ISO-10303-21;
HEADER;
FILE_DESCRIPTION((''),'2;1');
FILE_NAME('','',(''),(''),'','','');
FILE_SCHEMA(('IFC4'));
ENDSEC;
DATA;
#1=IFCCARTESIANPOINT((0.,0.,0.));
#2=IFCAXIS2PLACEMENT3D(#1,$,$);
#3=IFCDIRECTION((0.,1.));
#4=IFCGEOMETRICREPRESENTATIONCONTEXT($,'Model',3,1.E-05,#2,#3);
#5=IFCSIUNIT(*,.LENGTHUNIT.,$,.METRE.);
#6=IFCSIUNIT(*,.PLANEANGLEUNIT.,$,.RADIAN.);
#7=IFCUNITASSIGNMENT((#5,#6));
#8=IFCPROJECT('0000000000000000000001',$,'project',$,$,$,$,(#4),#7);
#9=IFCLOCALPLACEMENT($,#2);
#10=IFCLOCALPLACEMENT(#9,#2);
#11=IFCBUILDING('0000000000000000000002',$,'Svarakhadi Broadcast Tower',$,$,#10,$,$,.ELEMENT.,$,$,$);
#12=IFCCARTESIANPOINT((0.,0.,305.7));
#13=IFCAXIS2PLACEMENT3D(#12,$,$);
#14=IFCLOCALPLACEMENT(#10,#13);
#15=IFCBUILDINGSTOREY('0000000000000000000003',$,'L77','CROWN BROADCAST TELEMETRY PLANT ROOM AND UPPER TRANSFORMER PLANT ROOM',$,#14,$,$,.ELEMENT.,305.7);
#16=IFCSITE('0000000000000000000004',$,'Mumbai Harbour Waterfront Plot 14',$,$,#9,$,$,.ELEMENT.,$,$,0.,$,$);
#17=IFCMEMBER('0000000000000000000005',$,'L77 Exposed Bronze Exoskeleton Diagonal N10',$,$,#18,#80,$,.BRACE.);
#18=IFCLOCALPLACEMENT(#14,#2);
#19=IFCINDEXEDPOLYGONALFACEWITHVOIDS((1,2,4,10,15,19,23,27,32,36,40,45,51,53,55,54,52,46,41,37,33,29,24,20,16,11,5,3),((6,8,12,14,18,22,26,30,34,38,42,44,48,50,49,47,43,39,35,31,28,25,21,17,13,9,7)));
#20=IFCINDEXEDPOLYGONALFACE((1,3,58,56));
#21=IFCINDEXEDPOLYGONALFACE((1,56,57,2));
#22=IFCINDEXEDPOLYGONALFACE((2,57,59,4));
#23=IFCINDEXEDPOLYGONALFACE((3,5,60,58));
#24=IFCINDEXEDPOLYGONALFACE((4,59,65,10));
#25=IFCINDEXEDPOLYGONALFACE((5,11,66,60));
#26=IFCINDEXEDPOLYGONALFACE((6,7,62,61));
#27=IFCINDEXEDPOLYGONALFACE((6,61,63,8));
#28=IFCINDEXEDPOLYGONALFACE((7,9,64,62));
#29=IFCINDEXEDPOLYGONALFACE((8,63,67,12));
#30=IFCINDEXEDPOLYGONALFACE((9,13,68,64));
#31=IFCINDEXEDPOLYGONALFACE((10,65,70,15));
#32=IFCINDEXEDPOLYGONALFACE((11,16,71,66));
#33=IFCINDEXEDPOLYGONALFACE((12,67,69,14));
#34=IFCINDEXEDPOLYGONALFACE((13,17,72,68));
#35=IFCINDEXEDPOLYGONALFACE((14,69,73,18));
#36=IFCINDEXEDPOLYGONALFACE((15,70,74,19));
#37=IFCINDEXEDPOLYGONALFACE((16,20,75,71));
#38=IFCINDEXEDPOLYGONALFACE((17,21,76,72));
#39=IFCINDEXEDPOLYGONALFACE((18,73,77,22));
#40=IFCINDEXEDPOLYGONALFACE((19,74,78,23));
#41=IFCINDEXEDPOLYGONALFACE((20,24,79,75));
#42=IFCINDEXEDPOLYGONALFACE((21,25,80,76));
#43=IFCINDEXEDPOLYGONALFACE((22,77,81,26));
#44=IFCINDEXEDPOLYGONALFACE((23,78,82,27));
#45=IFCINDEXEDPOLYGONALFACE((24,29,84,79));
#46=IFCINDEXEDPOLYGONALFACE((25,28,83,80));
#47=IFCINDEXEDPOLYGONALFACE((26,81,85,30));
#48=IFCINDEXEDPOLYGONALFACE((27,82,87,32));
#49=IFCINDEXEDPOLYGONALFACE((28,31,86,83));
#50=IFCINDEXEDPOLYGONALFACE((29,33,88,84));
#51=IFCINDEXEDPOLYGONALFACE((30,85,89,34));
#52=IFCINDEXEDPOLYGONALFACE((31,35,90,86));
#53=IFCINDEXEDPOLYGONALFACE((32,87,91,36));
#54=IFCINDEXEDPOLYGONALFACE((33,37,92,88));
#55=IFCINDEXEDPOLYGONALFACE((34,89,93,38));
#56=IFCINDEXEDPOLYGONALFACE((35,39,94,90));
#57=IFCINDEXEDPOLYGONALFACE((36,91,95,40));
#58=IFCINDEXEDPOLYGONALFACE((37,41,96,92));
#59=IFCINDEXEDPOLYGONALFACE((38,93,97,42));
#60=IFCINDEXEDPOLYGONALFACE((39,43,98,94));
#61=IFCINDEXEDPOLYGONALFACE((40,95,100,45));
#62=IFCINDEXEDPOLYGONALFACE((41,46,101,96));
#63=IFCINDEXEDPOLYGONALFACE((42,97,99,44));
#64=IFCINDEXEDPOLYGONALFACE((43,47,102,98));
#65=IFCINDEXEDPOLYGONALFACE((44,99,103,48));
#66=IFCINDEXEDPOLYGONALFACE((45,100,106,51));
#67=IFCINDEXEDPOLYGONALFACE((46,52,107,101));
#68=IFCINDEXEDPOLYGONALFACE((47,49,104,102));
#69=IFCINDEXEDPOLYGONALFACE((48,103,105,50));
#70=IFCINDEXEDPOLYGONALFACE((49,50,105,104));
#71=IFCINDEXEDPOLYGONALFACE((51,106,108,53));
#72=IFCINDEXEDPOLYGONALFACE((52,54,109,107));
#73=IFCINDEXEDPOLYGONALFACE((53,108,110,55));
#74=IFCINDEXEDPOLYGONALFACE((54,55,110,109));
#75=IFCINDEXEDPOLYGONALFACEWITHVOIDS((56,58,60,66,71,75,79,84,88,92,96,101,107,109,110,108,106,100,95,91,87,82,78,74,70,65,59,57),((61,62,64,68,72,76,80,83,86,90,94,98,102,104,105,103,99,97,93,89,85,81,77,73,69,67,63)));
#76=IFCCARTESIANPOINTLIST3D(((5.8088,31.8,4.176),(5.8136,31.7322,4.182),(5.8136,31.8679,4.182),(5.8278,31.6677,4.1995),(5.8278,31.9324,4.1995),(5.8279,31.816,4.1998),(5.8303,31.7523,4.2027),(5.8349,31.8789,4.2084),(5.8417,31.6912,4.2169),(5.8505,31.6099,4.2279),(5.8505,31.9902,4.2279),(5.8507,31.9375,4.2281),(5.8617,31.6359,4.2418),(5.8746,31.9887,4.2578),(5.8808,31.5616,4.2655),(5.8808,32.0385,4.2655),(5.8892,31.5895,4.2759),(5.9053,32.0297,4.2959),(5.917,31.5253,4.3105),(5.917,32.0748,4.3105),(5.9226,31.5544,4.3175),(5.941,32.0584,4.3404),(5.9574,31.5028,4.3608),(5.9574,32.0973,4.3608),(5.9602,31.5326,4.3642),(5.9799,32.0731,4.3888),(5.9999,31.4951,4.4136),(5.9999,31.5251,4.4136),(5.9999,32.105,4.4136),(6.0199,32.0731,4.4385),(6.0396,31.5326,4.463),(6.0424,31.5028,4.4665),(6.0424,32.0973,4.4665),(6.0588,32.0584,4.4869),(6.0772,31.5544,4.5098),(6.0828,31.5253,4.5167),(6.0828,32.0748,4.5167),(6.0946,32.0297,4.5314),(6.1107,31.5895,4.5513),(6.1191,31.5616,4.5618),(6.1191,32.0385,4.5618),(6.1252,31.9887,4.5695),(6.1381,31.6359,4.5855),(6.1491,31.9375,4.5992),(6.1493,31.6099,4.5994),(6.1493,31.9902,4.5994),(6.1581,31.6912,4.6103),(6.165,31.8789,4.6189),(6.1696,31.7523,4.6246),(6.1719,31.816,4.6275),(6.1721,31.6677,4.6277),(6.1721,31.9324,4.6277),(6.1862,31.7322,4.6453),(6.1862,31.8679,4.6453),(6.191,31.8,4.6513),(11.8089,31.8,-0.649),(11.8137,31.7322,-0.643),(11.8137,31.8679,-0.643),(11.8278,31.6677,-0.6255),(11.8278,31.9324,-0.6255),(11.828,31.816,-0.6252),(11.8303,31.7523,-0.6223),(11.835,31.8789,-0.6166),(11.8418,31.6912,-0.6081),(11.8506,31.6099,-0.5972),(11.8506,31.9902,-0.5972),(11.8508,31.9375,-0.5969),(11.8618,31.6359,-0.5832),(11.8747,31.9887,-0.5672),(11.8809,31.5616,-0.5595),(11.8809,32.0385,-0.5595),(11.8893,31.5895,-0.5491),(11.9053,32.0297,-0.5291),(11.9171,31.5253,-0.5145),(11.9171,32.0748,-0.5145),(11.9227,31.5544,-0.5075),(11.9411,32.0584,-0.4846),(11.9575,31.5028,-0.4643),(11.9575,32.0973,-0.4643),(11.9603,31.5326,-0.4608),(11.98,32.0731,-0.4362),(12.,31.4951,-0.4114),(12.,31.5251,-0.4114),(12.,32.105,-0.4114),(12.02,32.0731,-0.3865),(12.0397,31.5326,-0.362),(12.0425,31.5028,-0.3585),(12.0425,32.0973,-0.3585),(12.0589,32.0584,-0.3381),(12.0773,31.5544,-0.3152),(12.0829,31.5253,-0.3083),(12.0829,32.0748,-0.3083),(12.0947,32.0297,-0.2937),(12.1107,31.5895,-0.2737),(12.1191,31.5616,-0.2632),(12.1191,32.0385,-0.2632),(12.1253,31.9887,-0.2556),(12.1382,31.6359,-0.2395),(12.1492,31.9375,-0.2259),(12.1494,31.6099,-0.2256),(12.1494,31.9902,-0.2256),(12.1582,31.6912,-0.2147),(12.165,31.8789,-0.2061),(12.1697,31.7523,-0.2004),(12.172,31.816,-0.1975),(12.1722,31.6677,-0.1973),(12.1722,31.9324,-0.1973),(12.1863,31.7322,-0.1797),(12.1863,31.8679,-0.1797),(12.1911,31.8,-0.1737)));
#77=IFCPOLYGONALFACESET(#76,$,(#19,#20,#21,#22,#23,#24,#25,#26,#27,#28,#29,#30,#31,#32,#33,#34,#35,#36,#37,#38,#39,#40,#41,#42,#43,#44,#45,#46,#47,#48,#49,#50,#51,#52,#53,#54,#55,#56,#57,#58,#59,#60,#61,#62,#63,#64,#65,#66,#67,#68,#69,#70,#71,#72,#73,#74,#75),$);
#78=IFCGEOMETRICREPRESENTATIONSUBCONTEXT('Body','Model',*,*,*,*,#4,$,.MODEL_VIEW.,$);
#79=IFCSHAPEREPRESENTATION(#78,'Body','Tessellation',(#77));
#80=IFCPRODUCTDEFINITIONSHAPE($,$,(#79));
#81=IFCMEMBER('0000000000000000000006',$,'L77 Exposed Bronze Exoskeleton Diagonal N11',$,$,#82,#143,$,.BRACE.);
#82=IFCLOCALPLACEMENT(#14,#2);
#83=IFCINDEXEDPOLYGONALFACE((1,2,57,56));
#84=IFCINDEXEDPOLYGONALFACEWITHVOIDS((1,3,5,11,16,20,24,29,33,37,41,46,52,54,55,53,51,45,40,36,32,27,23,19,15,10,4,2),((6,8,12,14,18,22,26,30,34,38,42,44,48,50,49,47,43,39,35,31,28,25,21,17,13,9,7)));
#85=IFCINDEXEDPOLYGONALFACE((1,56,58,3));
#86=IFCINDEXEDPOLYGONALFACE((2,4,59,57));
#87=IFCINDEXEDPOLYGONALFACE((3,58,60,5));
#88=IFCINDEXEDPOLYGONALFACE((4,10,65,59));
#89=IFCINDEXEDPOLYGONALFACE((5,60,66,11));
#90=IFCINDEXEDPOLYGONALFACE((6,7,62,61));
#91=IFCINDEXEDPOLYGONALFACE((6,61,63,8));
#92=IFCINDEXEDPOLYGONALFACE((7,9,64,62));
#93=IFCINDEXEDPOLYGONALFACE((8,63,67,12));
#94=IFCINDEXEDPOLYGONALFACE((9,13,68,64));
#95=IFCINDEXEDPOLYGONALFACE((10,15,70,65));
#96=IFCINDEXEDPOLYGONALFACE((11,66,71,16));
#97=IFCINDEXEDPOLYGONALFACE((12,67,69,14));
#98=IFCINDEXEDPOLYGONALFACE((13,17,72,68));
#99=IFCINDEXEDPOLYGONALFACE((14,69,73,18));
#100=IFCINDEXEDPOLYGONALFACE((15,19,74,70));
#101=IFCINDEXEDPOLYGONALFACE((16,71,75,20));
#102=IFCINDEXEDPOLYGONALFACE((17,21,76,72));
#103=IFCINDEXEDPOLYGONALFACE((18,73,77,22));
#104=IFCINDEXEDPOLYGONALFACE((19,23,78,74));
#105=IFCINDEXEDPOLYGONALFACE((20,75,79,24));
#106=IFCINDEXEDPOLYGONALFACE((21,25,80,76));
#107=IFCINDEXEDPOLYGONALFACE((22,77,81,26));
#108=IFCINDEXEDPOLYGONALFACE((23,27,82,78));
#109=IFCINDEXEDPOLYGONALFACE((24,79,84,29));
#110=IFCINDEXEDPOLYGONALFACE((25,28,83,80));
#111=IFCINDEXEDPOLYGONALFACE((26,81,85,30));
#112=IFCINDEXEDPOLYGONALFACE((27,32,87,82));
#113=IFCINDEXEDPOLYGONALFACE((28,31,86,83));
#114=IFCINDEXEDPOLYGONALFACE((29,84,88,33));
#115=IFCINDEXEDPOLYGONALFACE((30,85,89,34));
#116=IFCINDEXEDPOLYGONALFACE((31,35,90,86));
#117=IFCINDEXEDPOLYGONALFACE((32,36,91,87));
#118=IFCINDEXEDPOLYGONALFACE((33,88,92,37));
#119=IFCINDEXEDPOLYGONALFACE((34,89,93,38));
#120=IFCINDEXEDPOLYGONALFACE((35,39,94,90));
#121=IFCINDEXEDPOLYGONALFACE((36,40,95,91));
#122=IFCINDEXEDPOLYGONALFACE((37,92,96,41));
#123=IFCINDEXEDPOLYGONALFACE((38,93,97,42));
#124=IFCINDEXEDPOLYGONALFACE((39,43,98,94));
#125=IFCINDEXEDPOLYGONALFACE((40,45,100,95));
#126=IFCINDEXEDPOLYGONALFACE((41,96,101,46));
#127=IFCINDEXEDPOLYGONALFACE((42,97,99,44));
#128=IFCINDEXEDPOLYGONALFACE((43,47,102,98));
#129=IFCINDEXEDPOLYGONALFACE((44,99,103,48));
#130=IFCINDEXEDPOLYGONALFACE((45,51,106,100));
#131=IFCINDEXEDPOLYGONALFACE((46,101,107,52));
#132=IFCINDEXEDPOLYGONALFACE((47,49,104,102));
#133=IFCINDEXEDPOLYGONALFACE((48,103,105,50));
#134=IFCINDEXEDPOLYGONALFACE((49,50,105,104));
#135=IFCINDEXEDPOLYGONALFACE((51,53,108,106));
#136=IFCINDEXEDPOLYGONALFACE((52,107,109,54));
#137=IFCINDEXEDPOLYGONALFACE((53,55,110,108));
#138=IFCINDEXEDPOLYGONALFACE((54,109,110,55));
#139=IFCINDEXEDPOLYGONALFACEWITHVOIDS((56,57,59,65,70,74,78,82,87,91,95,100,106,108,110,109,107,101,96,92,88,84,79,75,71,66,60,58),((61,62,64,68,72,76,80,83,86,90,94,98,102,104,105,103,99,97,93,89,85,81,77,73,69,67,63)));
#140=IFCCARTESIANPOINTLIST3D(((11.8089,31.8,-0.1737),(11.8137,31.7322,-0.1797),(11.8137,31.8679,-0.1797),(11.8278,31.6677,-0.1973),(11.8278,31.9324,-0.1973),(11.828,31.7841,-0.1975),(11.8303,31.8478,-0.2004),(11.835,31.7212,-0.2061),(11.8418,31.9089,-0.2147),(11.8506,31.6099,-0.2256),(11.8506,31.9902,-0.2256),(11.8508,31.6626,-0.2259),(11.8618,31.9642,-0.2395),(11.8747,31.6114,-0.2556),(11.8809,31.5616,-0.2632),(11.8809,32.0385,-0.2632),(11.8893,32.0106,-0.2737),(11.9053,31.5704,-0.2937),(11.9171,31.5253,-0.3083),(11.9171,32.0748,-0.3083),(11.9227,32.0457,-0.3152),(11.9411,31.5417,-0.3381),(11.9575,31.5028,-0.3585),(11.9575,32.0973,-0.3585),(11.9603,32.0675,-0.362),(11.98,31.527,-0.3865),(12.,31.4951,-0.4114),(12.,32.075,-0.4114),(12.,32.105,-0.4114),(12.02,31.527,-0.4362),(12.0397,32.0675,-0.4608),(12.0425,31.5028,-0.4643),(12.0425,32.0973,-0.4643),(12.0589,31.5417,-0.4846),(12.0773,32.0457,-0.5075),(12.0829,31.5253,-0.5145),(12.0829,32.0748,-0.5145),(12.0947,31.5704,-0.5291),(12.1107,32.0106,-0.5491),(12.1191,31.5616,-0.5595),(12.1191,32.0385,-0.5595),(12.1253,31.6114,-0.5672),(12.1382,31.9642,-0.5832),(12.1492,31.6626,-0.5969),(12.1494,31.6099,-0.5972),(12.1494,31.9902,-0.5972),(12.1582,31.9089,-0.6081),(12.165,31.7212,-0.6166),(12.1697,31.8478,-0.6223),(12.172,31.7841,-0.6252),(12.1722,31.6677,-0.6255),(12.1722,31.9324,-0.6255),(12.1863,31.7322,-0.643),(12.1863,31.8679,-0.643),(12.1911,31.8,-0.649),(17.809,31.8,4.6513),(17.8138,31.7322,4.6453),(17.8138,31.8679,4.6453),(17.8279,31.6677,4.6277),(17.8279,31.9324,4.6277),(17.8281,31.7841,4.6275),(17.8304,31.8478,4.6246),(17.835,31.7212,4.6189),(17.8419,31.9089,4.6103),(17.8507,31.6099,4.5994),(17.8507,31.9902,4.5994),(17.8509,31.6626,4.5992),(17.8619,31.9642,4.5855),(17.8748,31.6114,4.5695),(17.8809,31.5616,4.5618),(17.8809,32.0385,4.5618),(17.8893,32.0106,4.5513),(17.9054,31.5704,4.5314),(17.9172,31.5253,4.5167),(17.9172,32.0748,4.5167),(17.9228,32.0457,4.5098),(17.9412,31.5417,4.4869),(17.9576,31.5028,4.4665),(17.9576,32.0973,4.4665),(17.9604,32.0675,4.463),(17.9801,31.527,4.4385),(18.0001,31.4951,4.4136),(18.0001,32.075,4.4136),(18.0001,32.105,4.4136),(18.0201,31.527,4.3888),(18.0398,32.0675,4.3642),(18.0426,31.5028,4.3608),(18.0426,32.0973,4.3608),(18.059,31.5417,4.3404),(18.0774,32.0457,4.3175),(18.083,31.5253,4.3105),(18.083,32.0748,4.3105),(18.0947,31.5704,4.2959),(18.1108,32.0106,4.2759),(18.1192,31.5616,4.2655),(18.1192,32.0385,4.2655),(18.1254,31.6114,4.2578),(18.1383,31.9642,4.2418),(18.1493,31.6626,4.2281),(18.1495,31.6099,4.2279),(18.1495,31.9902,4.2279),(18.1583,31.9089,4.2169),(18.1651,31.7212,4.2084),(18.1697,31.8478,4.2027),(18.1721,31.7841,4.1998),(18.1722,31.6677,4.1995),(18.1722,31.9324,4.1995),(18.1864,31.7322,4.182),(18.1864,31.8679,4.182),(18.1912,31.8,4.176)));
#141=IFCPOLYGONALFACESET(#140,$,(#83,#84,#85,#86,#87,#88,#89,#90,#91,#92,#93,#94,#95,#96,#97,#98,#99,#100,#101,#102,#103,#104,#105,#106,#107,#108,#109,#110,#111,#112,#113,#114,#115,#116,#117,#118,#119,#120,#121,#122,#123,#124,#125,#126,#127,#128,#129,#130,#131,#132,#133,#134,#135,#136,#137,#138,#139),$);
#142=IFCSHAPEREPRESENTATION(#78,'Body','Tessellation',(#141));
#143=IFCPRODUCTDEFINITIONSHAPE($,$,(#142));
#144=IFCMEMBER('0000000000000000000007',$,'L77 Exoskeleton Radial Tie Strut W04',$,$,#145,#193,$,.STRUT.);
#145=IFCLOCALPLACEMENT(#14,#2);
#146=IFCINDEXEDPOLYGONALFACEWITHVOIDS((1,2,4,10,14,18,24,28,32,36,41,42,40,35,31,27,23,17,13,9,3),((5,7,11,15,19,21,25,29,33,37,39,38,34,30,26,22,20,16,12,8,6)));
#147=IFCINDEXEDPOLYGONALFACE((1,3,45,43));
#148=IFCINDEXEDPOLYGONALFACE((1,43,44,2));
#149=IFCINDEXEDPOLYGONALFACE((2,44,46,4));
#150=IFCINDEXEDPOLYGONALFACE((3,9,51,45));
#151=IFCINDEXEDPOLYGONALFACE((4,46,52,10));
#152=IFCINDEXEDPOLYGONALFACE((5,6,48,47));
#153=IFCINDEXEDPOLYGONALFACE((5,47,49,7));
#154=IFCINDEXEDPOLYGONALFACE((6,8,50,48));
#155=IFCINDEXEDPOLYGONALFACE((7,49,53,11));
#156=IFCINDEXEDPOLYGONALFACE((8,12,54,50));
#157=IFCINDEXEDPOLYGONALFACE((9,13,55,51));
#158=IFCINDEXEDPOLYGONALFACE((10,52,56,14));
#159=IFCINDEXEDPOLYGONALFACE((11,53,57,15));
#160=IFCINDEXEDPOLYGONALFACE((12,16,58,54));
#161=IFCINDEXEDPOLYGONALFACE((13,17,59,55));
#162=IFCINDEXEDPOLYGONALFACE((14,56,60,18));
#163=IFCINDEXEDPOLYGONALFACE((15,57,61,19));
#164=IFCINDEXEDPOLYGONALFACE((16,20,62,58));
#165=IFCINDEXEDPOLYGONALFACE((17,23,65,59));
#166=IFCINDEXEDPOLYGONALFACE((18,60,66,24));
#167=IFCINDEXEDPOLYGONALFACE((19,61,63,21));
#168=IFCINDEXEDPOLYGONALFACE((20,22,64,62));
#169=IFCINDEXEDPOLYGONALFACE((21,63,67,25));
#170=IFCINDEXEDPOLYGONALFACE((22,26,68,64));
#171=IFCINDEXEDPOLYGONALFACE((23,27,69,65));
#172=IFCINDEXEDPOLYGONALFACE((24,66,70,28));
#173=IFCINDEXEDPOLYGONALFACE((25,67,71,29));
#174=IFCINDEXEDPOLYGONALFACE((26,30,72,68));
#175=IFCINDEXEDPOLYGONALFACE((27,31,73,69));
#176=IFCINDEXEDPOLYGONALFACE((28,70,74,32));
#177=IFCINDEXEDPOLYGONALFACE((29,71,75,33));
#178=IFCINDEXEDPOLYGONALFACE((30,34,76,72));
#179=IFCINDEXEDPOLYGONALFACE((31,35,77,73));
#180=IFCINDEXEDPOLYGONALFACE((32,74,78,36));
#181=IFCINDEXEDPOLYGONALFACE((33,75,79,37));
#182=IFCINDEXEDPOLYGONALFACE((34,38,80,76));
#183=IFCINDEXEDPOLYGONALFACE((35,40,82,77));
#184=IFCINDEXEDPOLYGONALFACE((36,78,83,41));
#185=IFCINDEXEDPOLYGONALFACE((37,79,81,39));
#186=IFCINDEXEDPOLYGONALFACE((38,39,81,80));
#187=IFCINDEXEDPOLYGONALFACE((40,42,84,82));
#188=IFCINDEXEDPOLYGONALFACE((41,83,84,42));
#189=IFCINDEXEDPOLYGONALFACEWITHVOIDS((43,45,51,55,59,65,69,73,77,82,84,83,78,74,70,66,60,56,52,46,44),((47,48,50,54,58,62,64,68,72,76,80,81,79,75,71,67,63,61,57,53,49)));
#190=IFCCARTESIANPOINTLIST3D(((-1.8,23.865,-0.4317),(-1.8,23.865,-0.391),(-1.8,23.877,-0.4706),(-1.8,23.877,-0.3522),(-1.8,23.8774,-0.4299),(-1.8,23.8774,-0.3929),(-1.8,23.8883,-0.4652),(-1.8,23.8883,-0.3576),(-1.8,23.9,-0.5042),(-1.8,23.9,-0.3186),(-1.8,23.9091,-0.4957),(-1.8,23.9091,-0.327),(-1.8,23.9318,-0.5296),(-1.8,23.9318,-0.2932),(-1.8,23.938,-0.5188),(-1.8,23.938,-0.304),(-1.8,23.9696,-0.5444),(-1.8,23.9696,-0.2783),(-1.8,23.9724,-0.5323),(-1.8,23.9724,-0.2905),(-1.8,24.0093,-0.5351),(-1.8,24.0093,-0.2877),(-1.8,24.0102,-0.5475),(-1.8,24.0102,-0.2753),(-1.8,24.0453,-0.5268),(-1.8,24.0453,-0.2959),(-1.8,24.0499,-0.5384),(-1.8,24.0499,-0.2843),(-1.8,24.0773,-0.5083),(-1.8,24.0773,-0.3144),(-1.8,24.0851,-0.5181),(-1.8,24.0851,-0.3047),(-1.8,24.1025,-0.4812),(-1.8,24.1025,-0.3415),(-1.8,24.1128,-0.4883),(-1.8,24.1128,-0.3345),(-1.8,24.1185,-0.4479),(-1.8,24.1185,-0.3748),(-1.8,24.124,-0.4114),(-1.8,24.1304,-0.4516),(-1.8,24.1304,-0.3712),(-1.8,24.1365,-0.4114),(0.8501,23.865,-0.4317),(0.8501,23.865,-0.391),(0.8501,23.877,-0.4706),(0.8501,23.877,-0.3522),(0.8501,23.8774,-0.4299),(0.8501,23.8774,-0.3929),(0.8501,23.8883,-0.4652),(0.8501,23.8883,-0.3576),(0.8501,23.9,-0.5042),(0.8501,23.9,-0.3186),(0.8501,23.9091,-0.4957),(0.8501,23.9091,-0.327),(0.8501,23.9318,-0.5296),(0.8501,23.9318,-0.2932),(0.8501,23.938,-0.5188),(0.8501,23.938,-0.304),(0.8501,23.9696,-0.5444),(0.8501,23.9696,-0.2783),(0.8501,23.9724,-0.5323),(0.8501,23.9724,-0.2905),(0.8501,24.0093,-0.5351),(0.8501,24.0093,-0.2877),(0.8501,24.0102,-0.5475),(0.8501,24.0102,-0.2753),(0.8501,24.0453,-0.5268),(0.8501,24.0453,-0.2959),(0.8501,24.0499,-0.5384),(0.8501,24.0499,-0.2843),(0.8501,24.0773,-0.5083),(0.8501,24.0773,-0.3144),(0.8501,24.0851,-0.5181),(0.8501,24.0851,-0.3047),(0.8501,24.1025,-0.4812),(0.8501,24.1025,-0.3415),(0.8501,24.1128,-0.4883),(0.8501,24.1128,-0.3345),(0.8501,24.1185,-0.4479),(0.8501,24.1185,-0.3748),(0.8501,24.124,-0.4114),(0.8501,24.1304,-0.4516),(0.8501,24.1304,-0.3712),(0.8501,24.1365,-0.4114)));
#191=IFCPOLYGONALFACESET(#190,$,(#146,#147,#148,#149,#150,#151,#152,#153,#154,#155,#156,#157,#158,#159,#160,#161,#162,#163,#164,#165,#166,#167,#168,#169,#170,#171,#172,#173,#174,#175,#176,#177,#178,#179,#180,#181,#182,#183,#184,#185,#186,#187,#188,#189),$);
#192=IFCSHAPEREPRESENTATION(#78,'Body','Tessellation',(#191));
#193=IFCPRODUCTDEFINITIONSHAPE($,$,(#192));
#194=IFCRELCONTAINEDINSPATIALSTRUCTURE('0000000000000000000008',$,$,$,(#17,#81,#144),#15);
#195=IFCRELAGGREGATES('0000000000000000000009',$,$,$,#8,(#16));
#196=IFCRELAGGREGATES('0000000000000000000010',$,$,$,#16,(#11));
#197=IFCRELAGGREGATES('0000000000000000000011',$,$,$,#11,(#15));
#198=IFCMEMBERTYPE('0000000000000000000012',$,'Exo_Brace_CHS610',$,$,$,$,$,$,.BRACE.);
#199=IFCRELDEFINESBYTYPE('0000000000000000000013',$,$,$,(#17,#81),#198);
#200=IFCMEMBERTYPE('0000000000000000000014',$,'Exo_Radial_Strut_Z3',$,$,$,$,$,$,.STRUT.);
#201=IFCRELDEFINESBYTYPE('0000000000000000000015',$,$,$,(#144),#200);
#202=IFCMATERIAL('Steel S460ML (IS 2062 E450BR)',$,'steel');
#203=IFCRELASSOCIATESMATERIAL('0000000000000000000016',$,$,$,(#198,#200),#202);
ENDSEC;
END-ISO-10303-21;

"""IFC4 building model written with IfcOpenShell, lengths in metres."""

from ifc_helpers import new_model, si_unit, direction, frame, origin, origin_2d, place, context, subcontext, project, spatial, hollow_circle, extrude, material, material_profile, profile_set, type_object, element, save


model = new_model("IFC4")

# Units and contexts
model_context = context("Model", 3, precision=1e-05, world=origin(), true_north=direction((0.0, 1.0)))
body_context = subcontext(model_context, "Body", "Model", "MODEL_VIEW")
ifc_project = project(units=[si_unit("LENGTHUNIT", "METRE"), si_unit("PLANEANGLEUNIT", "RADIAN")], contexts=[model_context])

# Site, building, storey
site_placement = place(None, origin())
site = spatial("IfcSite", under=ifc_project, at=site_placement, Name="Mumbai Harbour Waterfront Plot 14", CompositionType="ELEMENT", RefElevation=0.0)
building_placement = place(site_placement, origin())
building = spatial("IfcBuilding", under=site, at=building_placement, Name="Svarakhadi Broadcast Tower", CompositionType="ELEMENT")
storey_placement = place(building_placement, frame((0.0, 0.0, 305.7)))
storey = spatial("IfcBuildingStorey", under=building, at=storey_placement, Name="L77", Description="CROWN BROADCAST TELEMETRY PLANT ROOM AND UPPER TRANSFORMER PLANT ROOM", CompositionType="ELEMENT", Elevation=305.7)

# Shared definitions
ifc_material_1 = material(Name="Steel S460ML (IS 2062 E450BR)", Category="steel")

# Members
ifc_material_profile_1 = material_profile(ifc_material_1, hollow_circle(Radius=0.3049, WallThickness=0.03, at=origin_2d()), Name="CHS 610x30")
ifc_profile_set_1 = profile_set([ifc_material_profile_1], Name="Steel S460ML (IS 2062 E450BR)")
member_type_1 = type_object("IfcMemberType", Name="Exo_Brace_CHS610", PredefinedType="BRACE", material=ifc_profile_set_1)
for number, where, z_axis, x_axis, name in (
    (1, (12.0, 31.8, -0.4114), (-0.779285, 0.0, 0.626669), (0.0, -1.0, 0.0), "L77 Exposed Bronze Exoskeleton Diagonal N10"),
    (2, (12.0, 31.8, -0.4114), (0.779285, 0.0, 0.626669), (0.0, 1.0, 0.0), "L77 Exposed Bronze Exoskeleton Diagonal N11"),
):
    element("IfcMember", number, at=place(storey_placement, frame(where, z_axis=z_axis, x_axis=x_axis)), inside=storey, type_object=member_type_1, Name=name, PredefinedType="BRACE", context=body_context, shape_type="SweptSolid", body=[
        extrude(hollow_circle(Radius=0.3049, WallThickness=0.03, at=origin_2d()), origin(), (0.0, 0.0, 1.0), 7.6995),
    ])
ifc_material_profile_2 = material_profile(ifc_material_1, hollow_circle(Radius=0.1365, WallThickness=0.0125, at=origin_2d()), Name="CHS 273x12.5")
ifc_profile_set_2 = profile_set([ifc_material_profile_2], Name="Steel S460ML (IS 2062 E450BR)")
member_type_2 = type_object("IfcMemberType", Name="Exo_Radial_Strut_Z3", PredefinedType="STRUT", material=ifc_profile_set_2)
for number, where, z_axis, x_axis, name in (
    (3, (-1.8, 24.0, -0.4114), (1.0, 0.0, 0.0), (0.0, 1.0, 0.0), "L77 Exoskeleton Radial Tie Strut W04"),
):
    element("IfcMember", number, at=place(storey_placement, frame(where, z_axis=z_axis, x_axis=x_axis)), inside=storey, type_object=member_type_2, Name=name, PredefinedType="STRUT", context=body_context, shape_type="SweptSolid", body=[
        extrude(hollow_circle(Radius=0.1365, WallThickness=0.0125, at=origin_2d()), origin(), (0.0, 0.0, 1.0), 2.6501),
    ])

save(model, "model.ifc")
